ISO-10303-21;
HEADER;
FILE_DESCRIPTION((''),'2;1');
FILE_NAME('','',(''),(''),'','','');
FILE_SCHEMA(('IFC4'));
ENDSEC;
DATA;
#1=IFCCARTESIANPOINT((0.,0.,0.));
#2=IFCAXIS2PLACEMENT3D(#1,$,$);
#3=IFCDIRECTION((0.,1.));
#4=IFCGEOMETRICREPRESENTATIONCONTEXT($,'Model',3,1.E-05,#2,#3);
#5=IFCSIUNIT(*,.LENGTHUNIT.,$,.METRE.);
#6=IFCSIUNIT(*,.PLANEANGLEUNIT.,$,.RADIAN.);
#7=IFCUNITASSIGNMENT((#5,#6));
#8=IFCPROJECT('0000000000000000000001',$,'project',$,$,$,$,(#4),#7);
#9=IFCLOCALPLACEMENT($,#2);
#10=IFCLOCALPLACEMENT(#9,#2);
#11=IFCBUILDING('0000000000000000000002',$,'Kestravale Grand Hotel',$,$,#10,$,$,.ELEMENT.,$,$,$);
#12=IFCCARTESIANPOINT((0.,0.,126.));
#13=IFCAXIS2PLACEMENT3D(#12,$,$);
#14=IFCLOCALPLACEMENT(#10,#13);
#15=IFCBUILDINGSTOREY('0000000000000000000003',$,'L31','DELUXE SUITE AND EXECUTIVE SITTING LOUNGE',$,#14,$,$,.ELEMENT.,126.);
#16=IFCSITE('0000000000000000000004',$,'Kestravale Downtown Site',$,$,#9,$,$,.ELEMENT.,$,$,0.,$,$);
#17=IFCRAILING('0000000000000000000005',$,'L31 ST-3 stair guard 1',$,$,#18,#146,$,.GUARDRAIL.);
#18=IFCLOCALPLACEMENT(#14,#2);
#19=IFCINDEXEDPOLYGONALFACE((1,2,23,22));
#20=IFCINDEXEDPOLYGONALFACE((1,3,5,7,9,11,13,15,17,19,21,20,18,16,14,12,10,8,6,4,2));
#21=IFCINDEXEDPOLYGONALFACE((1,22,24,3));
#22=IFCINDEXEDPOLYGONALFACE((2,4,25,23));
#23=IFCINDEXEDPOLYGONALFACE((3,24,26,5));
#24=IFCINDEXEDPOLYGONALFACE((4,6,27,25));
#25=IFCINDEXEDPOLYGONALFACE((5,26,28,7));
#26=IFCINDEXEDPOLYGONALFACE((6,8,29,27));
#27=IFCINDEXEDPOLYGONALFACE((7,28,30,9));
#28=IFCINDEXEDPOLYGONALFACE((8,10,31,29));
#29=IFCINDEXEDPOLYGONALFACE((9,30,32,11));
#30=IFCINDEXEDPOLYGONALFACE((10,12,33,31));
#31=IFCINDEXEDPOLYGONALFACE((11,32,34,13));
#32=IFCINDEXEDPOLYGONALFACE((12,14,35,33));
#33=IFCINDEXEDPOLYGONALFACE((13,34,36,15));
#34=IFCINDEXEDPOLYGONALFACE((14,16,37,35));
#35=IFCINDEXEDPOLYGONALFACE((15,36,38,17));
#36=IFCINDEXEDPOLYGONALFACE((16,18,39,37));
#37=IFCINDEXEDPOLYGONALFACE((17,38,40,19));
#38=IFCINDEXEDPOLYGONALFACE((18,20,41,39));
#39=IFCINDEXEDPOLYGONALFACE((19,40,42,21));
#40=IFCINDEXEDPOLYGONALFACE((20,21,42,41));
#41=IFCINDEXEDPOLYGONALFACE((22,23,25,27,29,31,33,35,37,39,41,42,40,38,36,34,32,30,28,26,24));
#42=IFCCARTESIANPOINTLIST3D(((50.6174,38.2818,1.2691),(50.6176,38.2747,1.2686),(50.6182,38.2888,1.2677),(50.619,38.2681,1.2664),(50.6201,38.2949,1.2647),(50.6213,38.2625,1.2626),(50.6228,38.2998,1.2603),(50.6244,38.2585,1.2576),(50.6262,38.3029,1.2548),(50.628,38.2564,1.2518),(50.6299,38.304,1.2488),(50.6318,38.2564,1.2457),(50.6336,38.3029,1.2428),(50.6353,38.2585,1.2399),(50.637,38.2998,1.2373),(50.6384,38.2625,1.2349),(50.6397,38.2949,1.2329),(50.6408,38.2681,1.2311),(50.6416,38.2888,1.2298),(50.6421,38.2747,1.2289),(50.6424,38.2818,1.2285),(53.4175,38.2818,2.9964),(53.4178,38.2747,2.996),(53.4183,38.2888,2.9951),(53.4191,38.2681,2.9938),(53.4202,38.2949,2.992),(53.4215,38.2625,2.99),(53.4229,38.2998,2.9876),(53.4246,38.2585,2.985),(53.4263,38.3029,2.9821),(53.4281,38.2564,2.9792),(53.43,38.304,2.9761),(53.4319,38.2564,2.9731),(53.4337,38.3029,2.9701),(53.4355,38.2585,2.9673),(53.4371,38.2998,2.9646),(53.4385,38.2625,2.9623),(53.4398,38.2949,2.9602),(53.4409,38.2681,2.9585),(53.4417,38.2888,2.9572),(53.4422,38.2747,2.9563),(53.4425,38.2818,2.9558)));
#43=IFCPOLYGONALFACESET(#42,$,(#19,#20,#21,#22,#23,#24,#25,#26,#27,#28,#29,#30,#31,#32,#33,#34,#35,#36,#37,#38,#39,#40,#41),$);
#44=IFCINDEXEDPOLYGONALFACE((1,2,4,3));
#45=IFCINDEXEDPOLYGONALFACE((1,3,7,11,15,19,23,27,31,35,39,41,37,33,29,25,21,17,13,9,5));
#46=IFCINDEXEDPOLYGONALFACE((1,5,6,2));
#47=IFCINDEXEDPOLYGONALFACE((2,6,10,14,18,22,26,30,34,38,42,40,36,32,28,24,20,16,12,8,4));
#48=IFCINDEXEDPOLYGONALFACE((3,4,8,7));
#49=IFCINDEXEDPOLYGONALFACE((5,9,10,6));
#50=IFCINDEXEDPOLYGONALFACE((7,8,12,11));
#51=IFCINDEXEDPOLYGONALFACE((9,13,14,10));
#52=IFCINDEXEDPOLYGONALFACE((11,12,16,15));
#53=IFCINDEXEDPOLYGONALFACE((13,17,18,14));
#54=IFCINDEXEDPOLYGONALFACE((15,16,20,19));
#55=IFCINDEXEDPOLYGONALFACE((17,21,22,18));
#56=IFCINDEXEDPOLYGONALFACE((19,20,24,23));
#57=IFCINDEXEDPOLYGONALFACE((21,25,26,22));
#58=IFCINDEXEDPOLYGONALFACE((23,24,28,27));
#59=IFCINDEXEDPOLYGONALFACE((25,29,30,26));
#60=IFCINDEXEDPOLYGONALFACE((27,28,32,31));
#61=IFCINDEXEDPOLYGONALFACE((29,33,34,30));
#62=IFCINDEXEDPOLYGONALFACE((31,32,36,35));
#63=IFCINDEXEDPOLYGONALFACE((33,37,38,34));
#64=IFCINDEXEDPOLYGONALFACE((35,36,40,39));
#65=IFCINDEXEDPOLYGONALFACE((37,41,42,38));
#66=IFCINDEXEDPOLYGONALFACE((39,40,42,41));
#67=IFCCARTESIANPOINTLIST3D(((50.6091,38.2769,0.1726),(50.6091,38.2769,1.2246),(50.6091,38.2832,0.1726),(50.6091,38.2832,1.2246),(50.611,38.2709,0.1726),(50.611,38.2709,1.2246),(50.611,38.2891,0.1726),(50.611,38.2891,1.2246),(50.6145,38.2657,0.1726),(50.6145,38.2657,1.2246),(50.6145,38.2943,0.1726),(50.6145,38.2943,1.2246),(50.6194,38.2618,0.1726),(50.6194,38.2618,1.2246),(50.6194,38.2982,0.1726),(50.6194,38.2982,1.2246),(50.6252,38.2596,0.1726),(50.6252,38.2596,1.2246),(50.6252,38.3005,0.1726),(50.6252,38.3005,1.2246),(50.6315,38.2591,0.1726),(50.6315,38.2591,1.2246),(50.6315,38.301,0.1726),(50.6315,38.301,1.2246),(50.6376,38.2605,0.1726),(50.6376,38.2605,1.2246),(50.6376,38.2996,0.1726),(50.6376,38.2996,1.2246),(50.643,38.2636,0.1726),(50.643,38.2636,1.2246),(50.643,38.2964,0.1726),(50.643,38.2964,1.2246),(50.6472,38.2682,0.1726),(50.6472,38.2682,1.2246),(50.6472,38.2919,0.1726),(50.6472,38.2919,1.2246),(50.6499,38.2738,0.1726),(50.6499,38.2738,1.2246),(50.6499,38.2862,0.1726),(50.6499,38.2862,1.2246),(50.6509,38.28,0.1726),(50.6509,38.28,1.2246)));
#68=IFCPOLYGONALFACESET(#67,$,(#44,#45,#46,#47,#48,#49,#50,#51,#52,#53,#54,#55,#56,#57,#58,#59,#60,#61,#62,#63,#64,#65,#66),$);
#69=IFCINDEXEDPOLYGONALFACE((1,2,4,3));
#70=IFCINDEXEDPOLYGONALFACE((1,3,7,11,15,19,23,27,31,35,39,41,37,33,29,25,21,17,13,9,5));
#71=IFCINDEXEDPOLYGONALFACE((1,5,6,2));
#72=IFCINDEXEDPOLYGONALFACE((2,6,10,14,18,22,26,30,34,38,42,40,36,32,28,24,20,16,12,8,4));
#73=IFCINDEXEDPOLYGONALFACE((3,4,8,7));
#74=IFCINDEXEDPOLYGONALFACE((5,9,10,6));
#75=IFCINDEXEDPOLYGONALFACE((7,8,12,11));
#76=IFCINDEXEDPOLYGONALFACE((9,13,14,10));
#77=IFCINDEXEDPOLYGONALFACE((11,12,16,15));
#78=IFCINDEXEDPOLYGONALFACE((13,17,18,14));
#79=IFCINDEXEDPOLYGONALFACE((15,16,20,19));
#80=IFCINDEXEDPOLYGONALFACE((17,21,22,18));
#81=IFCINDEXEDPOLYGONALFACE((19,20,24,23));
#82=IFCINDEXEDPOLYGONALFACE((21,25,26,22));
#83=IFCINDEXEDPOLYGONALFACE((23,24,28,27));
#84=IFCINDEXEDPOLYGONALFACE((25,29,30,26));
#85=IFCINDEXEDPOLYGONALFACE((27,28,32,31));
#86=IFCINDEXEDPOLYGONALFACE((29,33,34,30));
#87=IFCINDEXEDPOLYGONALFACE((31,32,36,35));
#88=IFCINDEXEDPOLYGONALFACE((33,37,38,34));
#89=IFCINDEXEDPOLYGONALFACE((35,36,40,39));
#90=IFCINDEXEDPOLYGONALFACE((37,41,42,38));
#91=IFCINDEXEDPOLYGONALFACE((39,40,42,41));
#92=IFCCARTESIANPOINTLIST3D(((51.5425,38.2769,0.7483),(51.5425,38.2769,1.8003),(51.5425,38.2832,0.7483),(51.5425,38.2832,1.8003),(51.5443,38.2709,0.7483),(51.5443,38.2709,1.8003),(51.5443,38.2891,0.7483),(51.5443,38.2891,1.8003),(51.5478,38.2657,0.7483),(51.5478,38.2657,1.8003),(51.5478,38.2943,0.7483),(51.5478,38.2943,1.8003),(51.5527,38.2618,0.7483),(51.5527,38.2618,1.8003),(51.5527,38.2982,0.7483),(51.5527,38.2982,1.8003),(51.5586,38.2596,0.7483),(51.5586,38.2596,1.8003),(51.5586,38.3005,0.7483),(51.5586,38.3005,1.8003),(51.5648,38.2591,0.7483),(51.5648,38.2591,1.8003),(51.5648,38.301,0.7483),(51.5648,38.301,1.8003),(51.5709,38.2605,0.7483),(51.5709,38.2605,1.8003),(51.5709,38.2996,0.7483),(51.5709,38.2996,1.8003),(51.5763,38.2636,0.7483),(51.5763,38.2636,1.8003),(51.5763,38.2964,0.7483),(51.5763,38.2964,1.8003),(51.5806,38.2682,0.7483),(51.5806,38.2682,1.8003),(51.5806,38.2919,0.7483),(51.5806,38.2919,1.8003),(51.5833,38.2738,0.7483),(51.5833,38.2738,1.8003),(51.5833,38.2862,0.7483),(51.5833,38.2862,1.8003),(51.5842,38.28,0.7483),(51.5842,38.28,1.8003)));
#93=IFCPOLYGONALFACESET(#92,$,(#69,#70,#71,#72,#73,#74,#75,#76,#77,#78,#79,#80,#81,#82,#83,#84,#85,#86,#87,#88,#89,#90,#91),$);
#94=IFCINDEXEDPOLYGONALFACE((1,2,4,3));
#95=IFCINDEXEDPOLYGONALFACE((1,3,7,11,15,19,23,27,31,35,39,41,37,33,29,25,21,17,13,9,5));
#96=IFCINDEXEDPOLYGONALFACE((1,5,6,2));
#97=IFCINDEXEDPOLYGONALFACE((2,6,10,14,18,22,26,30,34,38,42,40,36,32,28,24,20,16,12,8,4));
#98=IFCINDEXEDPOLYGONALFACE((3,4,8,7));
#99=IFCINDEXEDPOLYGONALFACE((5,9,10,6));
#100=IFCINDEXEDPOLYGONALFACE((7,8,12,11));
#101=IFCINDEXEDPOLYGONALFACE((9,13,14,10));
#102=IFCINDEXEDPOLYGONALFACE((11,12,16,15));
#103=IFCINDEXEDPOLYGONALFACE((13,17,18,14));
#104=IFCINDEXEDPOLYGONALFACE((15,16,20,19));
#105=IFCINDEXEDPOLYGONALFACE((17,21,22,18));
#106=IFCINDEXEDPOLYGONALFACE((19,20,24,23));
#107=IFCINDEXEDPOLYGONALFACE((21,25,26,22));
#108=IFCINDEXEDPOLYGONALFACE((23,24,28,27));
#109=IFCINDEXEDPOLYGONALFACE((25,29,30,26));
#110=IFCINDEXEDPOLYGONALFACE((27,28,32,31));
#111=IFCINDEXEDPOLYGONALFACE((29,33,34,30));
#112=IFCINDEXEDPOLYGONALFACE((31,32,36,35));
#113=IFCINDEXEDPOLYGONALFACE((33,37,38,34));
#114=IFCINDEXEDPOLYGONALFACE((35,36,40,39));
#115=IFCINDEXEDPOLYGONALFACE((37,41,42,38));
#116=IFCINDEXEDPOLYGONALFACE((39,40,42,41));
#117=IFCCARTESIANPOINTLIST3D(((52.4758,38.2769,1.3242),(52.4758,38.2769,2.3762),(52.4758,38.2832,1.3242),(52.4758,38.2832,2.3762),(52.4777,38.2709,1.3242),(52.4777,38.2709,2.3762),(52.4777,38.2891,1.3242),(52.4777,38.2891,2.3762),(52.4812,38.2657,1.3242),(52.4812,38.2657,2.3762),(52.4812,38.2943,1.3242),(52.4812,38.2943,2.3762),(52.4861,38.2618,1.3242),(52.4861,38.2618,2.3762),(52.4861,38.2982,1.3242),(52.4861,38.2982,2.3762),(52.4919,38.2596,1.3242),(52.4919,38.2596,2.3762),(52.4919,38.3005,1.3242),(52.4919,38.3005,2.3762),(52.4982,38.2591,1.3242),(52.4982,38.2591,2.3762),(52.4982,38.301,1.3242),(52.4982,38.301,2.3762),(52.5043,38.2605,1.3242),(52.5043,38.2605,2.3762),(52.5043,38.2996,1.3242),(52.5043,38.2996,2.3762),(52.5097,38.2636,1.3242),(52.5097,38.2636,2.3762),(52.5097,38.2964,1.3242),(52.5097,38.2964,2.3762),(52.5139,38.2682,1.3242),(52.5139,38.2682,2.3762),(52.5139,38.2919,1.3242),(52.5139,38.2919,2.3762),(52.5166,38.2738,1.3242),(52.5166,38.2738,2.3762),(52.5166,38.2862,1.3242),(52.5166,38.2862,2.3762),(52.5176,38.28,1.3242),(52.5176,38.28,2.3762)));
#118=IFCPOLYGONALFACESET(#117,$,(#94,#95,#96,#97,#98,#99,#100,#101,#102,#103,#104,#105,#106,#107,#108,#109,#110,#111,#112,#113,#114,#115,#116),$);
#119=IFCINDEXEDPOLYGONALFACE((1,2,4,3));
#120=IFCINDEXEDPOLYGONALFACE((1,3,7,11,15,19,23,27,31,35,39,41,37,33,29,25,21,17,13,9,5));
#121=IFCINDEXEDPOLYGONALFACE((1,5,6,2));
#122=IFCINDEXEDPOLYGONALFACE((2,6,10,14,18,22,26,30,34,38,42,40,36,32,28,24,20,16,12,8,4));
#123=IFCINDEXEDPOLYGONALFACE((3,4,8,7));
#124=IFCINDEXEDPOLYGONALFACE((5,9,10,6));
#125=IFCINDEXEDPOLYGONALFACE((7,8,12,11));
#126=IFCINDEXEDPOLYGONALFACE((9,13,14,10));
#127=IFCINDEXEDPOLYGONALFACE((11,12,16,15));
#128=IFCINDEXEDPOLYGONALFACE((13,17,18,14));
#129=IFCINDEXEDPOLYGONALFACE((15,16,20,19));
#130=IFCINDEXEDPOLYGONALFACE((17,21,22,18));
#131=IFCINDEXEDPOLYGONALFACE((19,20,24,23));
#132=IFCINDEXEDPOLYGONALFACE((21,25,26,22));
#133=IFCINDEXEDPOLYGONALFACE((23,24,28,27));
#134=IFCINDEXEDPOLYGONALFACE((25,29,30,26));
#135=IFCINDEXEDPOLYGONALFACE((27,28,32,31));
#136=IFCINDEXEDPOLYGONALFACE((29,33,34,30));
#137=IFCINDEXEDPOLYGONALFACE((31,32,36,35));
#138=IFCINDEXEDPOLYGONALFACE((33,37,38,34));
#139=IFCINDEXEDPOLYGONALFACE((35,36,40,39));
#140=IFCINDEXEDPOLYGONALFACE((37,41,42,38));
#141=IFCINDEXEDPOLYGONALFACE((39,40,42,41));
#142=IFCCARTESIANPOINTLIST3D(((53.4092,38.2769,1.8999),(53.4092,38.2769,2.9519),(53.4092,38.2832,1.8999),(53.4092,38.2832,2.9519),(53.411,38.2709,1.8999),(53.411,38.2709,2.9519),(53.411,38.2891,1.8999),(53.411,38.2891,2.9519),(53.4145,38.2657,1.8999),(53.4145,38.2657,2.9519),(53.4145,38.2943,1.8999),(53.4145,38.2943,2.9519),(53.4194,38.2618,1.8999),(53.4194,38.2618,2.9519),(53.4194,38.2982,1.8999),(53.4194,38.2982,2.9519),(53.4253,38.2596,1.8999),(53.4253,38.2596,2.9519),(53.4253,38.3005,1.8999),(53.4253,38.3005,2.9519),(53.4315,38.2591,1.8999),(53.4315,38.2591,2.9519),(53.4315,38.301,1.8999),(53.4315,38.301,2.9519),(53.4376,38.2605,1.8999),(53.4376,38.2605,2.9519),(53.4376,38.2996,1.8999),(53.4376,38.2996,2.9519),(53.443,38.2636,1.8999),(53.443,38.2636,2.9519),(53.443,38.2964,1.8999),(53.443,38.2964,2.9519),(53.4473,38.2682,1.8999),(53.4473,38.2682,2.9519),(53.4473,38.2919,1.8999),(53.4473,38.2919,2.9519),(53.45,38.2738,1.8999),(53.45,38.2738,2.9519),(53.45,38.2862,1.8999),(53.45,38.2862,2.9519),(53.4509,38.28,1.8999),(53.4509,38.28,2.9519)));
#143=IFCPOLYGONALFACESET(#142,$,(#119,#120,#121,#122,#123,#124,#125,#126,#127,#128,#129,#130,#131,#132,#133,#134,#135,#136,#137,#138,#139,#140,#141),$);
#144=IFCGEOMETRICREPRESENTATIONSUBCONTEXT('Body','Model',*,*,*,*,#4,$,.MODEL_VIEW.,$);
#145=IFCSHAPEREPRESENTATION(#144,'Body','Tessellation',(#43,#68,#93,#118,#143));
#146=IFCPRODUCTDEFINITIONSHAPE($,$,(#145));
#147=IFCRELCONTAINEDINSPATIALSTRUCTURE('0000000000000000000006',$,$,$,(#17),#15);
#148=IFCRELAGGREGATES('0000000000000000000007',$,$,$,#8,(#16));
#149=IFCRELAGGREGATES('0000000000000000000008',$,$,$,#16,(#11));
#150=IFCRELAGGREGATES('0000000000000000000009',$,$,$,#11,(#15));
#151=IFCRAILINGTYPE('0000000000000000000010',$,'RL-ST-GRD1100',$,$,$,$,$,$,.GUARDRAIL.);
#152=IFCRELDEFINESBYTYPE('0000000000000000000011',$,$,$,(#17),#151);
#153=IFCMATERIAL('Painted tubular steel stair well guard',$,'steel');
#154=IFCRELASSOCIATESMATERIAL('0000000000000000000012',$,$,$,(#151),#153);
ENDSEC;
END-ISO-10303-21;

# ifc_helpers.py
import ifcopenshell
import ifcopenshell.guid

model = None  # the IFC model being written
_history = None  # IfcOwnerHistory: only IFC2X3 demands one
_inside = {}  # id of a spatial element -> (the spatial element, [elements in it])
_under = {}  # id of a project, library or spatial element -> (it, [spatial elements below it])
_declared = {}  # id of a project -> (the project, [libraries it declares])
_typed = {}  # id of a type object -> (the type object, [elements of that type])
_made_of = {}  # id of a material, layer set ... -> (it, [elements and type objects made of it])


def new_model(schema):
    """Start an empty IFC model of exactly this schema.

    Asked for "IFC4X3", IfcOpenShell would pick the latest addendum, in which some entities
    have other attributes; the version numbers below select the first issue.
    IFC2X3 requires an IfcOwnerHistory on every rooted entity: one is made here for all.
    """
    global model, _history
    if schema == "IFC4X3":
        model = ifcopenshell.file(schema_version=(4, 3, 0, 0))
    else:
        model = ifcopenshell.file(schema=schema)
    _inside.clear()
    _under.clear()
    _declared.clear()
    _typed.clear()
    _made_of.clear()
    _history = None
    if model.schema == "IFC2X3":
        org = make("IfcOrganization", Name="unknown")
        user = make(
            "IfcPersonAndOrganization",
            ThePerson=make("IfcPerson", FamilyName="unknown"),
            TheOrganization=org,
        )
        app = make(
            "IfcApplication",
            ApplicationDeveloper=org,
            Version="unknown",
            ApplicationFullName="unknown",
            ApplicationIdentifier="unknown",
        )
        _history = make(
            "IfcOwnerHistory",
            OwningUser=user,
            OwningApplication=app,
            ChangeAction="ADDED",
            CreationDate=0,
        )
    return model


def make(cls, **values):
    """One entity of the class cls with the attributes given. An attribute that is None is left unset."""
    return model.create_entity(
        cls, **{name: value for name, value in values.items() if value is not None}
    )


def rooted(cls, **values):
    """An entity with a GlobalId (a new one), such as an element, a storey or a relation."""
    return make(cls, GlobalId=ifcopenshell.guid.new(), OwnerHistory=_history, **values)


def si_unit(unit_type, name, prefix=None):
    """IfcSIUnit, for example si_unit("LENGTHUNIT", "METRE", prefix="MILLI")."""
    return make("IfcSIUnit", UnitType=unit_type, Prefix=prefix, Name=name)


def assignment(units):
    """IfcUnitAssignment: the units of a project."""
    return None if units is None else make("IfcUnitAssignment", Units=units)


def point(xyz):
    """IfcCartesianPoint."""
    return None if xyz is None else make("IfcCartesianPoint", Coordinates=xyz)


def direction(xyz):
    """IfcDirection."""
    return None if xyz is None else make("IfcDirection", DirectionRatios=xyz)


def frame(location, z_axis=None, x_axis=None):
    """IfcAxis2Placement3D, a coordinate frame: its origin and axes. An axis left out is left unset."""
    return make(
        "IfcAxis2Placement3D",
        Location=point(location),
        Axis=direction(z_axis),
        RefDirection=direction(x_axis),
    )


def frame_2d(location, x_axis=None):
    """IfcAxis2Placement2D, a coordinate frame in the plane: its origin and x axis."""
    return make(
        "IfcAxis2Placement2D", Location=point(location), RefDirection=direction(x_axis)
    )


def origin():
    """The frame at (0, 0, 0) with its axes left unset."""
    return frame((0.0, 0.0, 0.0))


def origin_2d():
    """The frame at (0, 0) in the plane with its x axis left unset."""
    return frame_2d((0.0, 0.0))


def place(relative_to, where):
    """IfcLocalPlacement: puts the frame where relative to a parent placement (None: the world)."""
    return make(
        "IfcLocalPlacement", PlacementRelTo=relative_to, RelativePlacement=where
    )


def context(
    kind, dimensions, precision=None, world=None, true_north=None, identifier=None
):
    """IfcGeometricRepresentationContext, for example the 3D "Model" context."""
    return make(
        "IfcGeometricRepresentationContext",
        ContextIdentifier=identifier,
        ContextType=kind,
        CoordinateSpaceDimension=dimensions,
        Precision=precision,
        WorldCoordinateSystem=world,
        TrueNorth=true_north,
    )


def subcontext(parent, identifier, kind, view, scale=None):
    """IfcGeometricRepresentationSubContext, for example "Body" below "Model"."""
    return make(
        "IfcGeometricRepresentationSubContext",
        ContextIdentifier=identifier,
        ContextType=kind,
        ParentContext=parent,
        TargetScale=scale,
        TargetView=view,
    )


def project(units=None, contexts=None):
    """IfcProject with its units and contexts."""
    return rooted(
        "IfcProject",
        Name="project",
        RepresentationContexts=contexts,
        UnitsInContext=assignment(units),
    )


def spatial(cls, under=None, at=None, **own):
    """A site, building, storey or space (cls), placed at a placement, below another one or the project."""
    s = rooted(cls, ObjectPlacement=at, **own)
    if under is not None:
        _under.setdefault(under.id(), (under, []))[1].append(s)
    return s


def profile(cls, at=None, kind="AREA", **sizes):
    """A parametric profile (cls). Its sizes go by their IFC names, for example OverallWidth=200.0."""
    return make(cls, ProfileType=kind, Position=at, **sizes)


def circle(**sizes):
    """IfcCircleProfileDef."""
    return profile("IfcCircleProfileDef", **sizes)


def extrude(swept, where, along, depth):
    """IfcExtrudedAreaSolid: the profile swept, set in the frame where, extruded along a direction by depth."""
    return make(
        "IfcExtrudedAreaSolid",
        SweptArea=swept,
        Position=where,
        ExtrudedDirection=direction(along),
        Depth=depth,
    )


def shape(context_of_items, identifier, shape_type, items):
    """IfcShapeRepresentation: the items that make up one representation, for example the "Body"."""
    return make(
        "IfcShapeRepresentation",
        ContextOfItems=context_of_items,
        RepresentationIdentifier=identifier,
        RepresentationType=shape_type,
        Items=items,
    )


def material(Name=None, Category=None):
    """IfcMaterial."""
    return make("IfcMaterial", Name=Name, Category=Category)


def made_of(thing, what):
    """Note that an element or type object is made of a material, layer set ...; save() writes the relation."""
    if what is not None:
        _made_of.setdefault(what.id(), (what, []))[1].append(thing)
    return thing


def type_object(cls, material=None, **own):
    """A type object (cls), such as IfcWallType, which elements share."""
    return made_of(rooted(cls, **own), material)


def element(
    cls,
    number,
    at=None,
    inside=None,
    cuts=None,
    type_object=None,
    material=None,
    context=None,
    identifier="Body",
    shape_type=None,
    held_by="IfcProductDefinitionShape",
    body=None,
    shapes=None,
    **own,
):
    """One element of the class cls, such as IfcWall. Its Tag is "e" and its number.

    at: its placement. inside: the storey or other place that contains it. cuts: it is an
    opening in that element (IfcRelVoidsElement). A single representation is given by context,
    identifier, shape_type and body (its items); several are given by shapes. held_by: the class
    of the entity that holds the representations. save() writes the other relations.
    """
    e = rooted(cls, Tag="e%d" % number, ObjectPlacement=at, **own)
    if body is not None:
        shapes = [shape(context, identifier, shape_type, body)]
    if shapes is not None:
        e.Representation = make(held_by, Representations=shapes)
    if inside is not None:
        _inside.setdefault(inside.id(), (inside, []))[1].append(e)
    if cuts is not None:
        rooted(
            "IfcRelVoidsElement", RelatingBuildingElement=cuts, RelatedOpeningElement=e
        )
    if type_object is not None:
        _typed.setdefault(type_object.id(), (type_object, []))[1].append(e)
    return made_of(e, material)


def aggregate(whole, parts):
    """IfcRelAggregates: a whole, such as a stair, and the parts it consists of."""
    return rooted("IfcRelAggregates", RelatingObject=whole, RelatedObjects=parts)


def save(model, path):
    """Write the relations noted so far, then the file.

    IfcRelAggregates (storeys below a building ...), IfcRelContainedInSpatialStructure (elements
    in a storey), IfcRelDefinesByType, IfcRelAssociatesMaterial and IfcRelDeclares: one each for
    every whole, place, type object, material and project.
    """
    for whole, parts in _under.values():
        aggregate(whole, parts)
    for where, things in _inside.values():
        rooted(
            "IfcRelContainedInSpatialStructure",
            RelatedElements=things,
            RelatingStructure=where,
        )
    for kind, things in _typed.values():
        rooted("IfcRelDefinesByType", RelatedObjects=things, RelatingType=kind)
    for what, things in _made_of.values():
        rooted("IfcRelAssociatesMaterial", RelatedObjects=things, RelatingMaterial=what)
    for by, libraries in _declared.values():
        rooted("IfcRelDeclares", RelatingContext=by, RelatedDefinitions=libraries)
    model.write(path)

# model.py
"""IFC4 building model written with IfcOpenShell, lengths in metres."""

from ifc_helpers import new_model, si_unit, direction, frame, origin, origin_2d, place, context, subcontext, project, spatial, circle, extrude, material, type_object, element, save


model = new_model("IFC4")

# Units and contexts
model_context = context("Model", 3, precision=1e-05, world=origin(), true_north=direction((0.0, 1.0)))
body_context = subcontext(model_context, "Body", "Model", "MODEL_VIEW")
ifc_project = project(units=[si_unit("LENGTHUNIT", "METRE"), si_unit("PLANEANGLEUNIT", "RADIAN")], contexts=[model_context])

# Site, building, storey
site_placement = place(None, origin())
site = spatial("IfcSite", under=ifc_project, at=site_placement, Name="Kestravale Downtown Site", CompositionType="ELEMENT", RefElevation=0.0)
building_placement = place(site_placement, origin())
building = spatial("IfcBuilding", under=site, at=building_placement, Name="Kestravale Grand Hotel", CompositionType="ELEMENT")
storey_placement = place(building_placement, frame((0.0, 0.0, 126.0)))
storey = spatial("IfcBuildingStorey", under=building, at=storey_placement, Name="L31", Description="DELUXE SUITE AND EXECUTIVE SITTING LOUNGE", CompositionType="ELEMENT", Elevation=126.0)

# Railing
ifc_material_1 = material(Name="Painted tubular steel stair well guard", Category="steel")
railing_type_1 = type_object("IfcRailingType", Name="RL-ST-GRD1100", PredefinedType="GUARDRAIL", material=ifc_material_1)
railing_1_placement = place(storey_placement, frame((50.6299, 38.28, 0.1726)))
element("IfcRailing", 1, at=railing_1_placement, inside=storey, type_object=railing_type_1, Name="L31 ST-3 stair guard 1", PredefinedType="GUARDRAIL", context=body_context, shape_type="SweptSolid", body=[
    extrude(circle(Radius=0.0239, at=origin_2d()), frame((0.0, 0.0, 1.0762), z_axis=(0.85109, 0.0, 0.52502), x_axis=(0.0, 1.0, 0.0)), (0.0, 0.0, 1.0), 3.29),
    extrude(circle(Radius=0.021, at=origin_2d()), origin(), (0.0, 0.0, 1.0), 1.052),
    extrude(circle(Radius=0.021, at=origin_2d()), frame((0.9333, 0.0, 0.5757)), (0.0, 0.0, 1.0), 1.052),
    extrude(circle(Radius=0.021, at=origin_2d()), frame((1.8667, 0.0, 1.1516)), (0.0, 0.0, 1.0), 1.052),
    extrude(circle(Radius=0.021, at=origin_2d()), frame((2.8, 0.0, 1.7273)), (0.0, 0.0, 1.0), 1.052),
])

save(model, "model.ifc")
